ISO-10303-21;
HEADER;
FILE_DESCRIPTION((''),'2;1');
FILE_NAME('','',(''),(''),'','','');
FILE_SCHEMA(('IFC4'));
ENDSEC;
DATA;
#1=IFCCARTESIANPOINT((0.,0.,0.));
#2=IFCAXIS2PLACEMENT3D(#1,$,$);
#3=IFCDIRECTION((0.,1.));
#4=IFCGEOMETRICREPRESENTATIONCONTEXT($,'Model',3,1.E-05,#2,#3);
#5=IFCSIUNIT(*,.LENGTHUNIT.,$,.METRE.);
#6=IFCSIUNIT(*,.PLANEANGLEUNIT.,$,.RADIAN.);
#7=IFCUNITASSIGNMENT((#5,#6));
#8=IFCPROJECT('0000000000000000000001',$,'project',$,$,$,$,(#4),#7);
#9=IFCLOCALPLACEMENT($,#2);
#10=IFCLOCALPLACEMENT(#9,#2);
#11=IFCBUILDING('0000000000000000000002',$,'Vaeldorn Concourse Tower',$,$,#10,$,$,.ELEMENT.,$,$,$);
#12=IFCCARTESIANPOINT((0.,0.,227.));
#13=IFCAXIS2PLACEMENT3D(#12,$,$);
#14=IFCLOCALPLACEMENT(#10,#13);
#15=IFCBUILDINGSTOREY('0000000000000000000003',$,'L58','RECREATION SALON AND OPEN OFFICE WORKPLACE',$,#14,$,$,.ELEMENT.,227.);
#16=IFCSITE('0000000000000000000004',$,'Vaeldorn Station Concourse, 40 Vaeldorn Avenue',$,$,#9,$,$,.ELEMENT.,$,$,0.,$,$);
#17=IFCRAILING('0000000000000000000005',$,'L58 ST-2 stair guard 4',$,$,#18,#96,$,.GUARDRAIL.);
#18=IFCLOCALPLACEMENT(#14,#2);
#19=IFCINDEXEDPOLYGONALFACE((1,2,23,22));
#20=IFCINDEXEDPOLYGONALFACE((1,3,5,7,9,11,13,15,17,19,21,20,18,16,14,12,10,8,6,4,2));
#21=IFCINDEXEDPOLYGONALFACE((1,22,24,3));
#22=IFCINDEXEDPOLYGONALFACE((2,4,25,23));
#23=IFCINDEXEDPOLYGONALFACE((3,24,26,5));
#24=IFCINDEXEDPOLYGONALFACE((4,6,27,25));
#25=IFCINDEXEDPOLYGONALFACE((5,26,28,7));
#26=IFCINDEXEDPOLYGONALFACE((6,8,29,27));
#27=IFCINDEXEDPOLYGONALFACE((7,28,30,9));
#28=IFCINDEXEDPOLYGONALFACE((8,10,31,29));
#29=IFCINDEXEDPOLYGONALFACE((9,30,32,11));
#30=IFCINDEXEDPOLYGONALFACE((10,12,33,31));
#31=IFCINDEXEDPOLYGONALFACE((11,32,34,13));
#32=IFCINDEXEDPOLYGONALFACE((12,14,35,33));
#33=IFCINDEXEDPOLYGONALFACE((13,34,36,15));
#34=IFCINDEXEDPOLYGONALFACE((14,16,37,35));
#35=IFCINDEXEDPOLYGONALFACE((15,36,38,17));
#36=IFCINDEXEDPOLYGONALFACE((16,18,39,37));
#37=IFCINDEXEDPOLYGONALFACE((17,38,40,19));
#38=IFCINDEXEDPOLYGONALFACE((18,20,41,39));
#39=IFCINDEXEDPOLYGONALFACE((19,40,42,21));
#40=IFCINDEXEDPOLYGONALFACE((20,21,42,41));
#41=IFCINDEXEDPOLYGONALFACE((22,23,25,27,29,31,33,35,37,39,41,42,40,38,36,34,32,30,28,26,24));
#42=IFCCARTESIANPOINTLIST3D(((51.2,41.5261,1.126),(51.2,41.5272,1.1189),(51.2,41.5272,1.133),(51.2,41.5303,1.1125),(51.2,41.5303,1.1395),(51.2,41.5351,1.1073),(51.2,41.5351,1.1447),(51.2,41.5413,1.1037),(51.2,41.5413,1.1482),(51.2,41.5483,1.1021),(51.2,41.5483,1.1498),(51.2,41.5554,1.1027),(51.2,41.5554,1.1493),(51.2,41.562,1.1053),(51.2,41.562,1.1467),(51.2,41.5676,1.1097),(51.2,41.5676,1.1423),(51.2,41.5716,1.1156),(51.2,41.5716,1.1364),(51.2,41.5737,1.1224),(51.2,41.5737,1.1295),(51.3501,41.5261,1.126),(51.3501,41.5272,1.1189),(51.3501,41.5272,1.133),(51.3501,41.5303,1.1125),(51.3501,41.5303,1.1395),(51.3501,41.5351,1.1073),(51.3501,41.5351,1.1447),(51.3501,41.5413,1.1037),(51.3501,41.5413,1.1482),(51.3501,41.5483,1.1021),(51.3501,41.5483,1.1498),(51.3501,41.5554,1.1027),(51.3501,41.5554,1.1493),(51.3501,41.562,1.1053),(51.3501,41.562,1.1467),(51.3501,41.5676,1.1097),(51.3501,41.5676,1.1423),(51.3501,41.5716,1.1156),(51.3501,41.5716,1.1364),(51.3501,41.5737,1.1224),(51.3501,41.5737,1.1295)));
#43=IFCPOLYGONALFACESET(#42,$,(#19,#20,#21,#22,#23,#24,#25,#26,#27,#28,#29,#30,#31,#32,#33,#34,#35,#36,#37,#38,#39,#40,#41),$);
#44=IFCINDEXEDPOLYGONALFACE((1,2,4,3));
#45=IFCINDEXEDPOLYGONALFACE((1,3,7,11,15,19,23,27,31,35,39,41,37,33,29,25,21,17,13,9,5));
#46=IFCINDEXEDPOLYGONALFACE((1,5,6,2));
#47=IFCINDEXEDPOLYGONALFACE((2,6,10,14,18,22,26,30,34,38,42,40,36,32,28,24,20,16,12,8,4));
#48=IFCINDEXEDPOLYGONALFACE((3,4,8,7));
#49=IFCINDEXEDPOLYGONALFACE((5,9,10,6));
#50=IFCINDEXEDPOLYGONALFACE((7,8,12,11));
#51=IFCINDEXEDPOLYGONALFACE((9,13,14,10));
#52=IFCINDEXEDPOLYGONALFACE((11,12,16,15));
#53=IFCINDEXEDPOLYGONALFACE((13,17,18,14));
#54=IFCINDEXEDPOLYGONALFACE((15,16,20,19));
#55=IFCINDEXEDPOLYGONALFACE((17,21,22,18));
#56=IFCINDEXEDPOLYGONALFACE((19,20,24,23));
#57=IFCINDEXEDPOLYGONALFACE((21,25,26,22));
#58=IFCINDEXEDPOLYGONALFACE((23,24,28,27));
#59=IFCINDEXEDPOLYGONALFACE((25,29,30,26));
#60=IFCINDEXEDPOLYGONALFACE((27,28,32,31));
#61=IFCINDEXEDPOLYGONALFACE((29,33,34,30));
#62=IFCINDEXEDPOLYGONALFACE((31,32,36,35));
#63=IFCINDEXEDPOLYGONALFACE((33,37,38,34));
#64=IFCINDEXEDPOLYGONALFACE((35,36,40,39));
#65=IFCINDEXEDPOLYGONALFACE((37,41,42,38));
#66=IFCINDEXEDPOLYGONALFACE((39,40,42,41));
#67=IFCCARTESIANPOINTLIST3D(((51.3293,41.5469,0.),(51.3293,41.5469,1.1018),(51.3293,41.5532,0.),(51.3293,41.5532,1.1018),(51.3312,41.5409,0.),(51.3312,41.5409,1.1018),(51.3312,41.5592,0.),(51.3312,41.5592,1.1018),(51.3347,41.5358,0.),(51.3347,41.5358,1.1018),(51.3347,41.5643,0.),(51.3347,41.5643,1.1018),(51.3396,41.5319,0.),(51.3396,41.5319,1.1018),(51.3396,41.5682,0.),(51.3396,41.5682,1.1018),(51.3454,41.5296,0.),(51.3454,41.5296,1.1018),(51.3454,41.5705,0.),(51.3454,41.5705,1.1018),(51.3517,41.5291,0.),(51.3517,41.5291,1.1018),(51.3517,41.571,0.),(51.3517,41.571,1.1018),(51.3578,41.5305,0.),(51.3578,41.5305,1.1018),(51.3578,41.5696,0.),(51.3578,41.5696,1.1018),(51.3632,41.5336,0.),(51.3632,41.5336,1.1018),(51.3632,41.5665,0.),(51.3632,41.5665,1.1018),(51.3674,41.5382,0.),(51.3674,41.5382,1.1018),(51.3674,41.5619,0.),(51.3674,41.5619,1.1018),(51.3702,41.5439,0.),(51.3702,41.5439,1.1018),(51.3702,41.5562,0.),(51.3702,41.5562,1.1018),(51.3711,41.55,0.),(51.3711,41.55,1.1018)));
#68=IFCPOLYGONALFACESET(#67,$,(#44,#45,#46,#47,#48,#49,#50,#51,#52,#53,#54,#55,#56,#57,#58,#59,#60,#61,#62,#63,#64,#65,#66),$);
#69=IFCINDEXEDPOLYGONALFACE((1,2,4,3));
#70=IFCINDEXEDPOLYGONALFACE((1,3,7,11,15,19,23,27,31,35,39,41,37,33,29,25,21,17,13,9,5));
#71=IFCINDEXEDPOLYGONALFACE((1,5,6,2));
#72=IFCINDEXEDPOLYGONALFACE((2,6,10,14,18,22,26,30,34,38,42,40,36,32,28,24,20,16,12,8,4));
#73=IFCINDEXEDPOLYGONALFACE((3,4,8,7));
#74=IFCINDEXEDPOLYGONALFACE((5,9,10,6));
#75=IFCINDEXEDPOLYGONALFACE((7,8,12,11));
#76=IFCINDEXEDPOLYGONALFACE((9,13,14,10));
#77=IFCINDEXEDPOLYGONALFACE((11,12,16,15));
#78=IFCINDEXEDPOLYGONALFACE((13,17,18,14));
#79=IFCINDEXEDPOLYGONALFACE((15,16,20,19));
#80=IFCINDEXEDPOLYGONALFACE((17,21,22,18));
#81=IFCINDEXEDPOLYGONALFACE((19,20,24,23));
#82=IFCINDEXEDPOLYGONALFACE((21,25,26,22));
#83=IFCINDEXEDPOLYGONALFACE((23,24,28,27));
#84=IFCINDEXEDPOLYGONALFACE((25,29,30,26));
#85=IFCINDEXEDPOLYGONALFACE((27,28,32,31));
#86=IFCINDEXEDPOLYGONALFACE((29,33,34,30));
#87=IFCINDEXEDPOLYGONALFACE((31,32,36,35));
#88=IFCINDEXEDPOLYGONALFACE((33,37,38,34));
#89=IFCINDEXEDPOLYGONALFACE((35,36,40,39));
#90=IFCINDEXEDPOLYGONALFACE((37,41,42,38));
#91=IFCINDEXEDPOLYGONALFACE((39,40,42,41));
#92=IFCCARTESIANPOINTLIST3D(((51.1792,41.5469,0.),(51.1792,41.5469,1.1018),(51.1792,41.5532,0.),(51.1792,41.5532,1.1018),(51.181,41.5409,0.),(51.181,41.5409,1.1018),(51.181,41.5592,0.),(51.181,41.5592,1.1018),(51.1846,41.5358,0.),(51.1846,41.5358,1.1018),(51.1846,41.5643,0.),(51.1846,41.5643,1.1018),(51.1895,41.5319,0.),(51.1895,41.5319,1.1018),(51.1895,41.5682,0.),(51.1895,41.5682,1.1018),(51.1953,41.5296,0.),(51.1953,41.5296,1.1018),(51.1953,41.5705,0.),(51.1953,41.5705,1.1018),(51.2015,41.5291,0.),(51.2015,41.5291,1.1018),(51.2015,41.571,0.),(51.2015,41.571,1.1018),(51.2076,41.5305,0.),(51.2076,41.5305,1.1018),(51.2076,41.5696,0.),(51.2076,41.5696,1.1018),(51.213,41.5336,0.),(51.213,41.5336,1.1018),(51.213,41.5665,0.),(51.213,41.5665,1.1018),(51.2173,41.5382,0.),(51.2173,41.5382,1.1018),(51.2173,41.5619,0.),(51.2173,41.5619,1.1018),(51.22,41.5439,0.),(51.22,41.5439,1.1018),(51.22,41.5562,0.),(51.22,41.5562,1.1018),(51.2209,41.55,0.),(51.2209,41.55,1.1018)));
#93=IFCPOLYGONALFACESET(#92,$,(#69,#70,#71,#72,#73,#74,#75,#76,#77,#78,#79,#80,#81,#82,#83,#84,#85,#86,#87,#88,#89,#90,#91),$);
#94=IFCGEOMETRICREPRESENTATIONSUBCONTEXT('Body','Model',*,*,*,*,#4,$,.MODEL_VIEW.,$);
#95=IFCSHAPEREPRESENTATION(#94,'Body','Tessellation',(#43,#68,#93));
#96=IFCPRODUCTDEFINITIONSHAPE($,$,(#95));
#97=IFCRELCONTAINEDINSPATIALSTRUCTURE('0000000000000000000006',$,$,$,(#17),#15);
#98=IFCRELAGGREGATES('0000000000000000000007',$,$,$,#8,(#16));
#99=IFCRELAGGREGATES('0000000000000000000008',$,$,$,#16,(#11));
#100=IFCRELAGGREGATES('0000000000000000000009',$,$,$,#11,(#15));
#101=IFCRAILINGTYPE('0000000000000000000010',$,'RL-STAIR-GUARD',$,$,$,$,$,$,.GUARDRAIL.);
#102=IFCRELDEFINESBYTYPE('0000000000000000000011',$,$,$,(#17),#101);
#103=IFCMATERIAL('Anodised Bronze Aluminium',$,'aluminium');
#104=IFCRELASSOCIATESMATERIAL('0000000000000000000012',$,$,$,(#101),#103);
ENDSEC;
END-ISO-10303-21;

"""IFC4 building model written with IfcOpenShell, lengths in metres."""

from ifc_helpers import new_model, si_unit, direction, frame, origin, origin_2d, place, context, subcontext, project, spatial, circle, extrude, material, type_object, element, save


model = new_model("IFC4")

# Units and contexts
model_context = context("Model", 3, precision=1e-05, world=origin(), true_north=direction((0.0, 1.0)))
body_context = subcontext(model_context, "Body", "Model", "MODEL_VIEW")
ifc_project = project(units=[si_unit("LENGTHUNIT", "METRE"), si_unit("PLANEANGLEUNIT", "RADIAN")], contexts=[model_context])

# Site, building, storey
site_placement = place(None, origin())
site = spatial("IfcSite", under=ifc_project, at=site_placement, Name="Vaeldorn Station Concourse, 40 Vaeldorn Avenue", CompositionType="ELEMENT", RefElevation=0.0)
building_placement = place(site_placement, origin())
building = spatial("IfcBuilding", under=site, at=building_placement, Name="Vaeldorn Concourse Tower", CompositionType="ELEMENT")
storey_placement = place(building_placement, frame((0.0, 0.0, 227.0)))
storey = spatial("IfcBuildingStorey", under=building, at=storey_placement, Name="L58", Description="RECREATION SALON AND OPEN OFFICE WORKPLACE", CompositionType="ELEMENT", Elevation=227.0)

# Shared definitions
ifc_material_1 = material(Name="Anodised Bronze Aluminium", Category="aluminium")

# Railing
railing_type_1 = type_object("IfcRailingType", Name="RL-STAIR-GUARD", PredefinedType="GUARDRAIL", material=ifc_material_1)
railing_1_placement = place(storey_placement, frame((51.3501, 41.55, 0.0)))
element("IfcRailing", 1, at=railing_1_placement, inside=storey, type_object=railing_type_1, Name="L58 ST-2 stair guard 4", PredefinedType="GUARDRAIL", context=body_context, shape_type="SweptSolid", body=[
    extrude(circle(Radius=0.0239, at=origin_2d()), frame((0.0, 0.0, 1.126), z_axis=(-1.0, 0.0, 0.0), x_axis=(0.0, -1.0, 0.0)), (0.0, 0.0, 1.0), 0.1501),
    extrude(circle(Radius=0.021, at=origin_2d()), origin(), (0.0, 0.0, 1.0), 1.1018),
    extrude(circle(Radius=0.021, at=origin_2d()), frame((-0.1501, 0.0, 0.0)), (0.0, 0.0, 1.0), 1.1018),
])

save(model, "model.ifc")
